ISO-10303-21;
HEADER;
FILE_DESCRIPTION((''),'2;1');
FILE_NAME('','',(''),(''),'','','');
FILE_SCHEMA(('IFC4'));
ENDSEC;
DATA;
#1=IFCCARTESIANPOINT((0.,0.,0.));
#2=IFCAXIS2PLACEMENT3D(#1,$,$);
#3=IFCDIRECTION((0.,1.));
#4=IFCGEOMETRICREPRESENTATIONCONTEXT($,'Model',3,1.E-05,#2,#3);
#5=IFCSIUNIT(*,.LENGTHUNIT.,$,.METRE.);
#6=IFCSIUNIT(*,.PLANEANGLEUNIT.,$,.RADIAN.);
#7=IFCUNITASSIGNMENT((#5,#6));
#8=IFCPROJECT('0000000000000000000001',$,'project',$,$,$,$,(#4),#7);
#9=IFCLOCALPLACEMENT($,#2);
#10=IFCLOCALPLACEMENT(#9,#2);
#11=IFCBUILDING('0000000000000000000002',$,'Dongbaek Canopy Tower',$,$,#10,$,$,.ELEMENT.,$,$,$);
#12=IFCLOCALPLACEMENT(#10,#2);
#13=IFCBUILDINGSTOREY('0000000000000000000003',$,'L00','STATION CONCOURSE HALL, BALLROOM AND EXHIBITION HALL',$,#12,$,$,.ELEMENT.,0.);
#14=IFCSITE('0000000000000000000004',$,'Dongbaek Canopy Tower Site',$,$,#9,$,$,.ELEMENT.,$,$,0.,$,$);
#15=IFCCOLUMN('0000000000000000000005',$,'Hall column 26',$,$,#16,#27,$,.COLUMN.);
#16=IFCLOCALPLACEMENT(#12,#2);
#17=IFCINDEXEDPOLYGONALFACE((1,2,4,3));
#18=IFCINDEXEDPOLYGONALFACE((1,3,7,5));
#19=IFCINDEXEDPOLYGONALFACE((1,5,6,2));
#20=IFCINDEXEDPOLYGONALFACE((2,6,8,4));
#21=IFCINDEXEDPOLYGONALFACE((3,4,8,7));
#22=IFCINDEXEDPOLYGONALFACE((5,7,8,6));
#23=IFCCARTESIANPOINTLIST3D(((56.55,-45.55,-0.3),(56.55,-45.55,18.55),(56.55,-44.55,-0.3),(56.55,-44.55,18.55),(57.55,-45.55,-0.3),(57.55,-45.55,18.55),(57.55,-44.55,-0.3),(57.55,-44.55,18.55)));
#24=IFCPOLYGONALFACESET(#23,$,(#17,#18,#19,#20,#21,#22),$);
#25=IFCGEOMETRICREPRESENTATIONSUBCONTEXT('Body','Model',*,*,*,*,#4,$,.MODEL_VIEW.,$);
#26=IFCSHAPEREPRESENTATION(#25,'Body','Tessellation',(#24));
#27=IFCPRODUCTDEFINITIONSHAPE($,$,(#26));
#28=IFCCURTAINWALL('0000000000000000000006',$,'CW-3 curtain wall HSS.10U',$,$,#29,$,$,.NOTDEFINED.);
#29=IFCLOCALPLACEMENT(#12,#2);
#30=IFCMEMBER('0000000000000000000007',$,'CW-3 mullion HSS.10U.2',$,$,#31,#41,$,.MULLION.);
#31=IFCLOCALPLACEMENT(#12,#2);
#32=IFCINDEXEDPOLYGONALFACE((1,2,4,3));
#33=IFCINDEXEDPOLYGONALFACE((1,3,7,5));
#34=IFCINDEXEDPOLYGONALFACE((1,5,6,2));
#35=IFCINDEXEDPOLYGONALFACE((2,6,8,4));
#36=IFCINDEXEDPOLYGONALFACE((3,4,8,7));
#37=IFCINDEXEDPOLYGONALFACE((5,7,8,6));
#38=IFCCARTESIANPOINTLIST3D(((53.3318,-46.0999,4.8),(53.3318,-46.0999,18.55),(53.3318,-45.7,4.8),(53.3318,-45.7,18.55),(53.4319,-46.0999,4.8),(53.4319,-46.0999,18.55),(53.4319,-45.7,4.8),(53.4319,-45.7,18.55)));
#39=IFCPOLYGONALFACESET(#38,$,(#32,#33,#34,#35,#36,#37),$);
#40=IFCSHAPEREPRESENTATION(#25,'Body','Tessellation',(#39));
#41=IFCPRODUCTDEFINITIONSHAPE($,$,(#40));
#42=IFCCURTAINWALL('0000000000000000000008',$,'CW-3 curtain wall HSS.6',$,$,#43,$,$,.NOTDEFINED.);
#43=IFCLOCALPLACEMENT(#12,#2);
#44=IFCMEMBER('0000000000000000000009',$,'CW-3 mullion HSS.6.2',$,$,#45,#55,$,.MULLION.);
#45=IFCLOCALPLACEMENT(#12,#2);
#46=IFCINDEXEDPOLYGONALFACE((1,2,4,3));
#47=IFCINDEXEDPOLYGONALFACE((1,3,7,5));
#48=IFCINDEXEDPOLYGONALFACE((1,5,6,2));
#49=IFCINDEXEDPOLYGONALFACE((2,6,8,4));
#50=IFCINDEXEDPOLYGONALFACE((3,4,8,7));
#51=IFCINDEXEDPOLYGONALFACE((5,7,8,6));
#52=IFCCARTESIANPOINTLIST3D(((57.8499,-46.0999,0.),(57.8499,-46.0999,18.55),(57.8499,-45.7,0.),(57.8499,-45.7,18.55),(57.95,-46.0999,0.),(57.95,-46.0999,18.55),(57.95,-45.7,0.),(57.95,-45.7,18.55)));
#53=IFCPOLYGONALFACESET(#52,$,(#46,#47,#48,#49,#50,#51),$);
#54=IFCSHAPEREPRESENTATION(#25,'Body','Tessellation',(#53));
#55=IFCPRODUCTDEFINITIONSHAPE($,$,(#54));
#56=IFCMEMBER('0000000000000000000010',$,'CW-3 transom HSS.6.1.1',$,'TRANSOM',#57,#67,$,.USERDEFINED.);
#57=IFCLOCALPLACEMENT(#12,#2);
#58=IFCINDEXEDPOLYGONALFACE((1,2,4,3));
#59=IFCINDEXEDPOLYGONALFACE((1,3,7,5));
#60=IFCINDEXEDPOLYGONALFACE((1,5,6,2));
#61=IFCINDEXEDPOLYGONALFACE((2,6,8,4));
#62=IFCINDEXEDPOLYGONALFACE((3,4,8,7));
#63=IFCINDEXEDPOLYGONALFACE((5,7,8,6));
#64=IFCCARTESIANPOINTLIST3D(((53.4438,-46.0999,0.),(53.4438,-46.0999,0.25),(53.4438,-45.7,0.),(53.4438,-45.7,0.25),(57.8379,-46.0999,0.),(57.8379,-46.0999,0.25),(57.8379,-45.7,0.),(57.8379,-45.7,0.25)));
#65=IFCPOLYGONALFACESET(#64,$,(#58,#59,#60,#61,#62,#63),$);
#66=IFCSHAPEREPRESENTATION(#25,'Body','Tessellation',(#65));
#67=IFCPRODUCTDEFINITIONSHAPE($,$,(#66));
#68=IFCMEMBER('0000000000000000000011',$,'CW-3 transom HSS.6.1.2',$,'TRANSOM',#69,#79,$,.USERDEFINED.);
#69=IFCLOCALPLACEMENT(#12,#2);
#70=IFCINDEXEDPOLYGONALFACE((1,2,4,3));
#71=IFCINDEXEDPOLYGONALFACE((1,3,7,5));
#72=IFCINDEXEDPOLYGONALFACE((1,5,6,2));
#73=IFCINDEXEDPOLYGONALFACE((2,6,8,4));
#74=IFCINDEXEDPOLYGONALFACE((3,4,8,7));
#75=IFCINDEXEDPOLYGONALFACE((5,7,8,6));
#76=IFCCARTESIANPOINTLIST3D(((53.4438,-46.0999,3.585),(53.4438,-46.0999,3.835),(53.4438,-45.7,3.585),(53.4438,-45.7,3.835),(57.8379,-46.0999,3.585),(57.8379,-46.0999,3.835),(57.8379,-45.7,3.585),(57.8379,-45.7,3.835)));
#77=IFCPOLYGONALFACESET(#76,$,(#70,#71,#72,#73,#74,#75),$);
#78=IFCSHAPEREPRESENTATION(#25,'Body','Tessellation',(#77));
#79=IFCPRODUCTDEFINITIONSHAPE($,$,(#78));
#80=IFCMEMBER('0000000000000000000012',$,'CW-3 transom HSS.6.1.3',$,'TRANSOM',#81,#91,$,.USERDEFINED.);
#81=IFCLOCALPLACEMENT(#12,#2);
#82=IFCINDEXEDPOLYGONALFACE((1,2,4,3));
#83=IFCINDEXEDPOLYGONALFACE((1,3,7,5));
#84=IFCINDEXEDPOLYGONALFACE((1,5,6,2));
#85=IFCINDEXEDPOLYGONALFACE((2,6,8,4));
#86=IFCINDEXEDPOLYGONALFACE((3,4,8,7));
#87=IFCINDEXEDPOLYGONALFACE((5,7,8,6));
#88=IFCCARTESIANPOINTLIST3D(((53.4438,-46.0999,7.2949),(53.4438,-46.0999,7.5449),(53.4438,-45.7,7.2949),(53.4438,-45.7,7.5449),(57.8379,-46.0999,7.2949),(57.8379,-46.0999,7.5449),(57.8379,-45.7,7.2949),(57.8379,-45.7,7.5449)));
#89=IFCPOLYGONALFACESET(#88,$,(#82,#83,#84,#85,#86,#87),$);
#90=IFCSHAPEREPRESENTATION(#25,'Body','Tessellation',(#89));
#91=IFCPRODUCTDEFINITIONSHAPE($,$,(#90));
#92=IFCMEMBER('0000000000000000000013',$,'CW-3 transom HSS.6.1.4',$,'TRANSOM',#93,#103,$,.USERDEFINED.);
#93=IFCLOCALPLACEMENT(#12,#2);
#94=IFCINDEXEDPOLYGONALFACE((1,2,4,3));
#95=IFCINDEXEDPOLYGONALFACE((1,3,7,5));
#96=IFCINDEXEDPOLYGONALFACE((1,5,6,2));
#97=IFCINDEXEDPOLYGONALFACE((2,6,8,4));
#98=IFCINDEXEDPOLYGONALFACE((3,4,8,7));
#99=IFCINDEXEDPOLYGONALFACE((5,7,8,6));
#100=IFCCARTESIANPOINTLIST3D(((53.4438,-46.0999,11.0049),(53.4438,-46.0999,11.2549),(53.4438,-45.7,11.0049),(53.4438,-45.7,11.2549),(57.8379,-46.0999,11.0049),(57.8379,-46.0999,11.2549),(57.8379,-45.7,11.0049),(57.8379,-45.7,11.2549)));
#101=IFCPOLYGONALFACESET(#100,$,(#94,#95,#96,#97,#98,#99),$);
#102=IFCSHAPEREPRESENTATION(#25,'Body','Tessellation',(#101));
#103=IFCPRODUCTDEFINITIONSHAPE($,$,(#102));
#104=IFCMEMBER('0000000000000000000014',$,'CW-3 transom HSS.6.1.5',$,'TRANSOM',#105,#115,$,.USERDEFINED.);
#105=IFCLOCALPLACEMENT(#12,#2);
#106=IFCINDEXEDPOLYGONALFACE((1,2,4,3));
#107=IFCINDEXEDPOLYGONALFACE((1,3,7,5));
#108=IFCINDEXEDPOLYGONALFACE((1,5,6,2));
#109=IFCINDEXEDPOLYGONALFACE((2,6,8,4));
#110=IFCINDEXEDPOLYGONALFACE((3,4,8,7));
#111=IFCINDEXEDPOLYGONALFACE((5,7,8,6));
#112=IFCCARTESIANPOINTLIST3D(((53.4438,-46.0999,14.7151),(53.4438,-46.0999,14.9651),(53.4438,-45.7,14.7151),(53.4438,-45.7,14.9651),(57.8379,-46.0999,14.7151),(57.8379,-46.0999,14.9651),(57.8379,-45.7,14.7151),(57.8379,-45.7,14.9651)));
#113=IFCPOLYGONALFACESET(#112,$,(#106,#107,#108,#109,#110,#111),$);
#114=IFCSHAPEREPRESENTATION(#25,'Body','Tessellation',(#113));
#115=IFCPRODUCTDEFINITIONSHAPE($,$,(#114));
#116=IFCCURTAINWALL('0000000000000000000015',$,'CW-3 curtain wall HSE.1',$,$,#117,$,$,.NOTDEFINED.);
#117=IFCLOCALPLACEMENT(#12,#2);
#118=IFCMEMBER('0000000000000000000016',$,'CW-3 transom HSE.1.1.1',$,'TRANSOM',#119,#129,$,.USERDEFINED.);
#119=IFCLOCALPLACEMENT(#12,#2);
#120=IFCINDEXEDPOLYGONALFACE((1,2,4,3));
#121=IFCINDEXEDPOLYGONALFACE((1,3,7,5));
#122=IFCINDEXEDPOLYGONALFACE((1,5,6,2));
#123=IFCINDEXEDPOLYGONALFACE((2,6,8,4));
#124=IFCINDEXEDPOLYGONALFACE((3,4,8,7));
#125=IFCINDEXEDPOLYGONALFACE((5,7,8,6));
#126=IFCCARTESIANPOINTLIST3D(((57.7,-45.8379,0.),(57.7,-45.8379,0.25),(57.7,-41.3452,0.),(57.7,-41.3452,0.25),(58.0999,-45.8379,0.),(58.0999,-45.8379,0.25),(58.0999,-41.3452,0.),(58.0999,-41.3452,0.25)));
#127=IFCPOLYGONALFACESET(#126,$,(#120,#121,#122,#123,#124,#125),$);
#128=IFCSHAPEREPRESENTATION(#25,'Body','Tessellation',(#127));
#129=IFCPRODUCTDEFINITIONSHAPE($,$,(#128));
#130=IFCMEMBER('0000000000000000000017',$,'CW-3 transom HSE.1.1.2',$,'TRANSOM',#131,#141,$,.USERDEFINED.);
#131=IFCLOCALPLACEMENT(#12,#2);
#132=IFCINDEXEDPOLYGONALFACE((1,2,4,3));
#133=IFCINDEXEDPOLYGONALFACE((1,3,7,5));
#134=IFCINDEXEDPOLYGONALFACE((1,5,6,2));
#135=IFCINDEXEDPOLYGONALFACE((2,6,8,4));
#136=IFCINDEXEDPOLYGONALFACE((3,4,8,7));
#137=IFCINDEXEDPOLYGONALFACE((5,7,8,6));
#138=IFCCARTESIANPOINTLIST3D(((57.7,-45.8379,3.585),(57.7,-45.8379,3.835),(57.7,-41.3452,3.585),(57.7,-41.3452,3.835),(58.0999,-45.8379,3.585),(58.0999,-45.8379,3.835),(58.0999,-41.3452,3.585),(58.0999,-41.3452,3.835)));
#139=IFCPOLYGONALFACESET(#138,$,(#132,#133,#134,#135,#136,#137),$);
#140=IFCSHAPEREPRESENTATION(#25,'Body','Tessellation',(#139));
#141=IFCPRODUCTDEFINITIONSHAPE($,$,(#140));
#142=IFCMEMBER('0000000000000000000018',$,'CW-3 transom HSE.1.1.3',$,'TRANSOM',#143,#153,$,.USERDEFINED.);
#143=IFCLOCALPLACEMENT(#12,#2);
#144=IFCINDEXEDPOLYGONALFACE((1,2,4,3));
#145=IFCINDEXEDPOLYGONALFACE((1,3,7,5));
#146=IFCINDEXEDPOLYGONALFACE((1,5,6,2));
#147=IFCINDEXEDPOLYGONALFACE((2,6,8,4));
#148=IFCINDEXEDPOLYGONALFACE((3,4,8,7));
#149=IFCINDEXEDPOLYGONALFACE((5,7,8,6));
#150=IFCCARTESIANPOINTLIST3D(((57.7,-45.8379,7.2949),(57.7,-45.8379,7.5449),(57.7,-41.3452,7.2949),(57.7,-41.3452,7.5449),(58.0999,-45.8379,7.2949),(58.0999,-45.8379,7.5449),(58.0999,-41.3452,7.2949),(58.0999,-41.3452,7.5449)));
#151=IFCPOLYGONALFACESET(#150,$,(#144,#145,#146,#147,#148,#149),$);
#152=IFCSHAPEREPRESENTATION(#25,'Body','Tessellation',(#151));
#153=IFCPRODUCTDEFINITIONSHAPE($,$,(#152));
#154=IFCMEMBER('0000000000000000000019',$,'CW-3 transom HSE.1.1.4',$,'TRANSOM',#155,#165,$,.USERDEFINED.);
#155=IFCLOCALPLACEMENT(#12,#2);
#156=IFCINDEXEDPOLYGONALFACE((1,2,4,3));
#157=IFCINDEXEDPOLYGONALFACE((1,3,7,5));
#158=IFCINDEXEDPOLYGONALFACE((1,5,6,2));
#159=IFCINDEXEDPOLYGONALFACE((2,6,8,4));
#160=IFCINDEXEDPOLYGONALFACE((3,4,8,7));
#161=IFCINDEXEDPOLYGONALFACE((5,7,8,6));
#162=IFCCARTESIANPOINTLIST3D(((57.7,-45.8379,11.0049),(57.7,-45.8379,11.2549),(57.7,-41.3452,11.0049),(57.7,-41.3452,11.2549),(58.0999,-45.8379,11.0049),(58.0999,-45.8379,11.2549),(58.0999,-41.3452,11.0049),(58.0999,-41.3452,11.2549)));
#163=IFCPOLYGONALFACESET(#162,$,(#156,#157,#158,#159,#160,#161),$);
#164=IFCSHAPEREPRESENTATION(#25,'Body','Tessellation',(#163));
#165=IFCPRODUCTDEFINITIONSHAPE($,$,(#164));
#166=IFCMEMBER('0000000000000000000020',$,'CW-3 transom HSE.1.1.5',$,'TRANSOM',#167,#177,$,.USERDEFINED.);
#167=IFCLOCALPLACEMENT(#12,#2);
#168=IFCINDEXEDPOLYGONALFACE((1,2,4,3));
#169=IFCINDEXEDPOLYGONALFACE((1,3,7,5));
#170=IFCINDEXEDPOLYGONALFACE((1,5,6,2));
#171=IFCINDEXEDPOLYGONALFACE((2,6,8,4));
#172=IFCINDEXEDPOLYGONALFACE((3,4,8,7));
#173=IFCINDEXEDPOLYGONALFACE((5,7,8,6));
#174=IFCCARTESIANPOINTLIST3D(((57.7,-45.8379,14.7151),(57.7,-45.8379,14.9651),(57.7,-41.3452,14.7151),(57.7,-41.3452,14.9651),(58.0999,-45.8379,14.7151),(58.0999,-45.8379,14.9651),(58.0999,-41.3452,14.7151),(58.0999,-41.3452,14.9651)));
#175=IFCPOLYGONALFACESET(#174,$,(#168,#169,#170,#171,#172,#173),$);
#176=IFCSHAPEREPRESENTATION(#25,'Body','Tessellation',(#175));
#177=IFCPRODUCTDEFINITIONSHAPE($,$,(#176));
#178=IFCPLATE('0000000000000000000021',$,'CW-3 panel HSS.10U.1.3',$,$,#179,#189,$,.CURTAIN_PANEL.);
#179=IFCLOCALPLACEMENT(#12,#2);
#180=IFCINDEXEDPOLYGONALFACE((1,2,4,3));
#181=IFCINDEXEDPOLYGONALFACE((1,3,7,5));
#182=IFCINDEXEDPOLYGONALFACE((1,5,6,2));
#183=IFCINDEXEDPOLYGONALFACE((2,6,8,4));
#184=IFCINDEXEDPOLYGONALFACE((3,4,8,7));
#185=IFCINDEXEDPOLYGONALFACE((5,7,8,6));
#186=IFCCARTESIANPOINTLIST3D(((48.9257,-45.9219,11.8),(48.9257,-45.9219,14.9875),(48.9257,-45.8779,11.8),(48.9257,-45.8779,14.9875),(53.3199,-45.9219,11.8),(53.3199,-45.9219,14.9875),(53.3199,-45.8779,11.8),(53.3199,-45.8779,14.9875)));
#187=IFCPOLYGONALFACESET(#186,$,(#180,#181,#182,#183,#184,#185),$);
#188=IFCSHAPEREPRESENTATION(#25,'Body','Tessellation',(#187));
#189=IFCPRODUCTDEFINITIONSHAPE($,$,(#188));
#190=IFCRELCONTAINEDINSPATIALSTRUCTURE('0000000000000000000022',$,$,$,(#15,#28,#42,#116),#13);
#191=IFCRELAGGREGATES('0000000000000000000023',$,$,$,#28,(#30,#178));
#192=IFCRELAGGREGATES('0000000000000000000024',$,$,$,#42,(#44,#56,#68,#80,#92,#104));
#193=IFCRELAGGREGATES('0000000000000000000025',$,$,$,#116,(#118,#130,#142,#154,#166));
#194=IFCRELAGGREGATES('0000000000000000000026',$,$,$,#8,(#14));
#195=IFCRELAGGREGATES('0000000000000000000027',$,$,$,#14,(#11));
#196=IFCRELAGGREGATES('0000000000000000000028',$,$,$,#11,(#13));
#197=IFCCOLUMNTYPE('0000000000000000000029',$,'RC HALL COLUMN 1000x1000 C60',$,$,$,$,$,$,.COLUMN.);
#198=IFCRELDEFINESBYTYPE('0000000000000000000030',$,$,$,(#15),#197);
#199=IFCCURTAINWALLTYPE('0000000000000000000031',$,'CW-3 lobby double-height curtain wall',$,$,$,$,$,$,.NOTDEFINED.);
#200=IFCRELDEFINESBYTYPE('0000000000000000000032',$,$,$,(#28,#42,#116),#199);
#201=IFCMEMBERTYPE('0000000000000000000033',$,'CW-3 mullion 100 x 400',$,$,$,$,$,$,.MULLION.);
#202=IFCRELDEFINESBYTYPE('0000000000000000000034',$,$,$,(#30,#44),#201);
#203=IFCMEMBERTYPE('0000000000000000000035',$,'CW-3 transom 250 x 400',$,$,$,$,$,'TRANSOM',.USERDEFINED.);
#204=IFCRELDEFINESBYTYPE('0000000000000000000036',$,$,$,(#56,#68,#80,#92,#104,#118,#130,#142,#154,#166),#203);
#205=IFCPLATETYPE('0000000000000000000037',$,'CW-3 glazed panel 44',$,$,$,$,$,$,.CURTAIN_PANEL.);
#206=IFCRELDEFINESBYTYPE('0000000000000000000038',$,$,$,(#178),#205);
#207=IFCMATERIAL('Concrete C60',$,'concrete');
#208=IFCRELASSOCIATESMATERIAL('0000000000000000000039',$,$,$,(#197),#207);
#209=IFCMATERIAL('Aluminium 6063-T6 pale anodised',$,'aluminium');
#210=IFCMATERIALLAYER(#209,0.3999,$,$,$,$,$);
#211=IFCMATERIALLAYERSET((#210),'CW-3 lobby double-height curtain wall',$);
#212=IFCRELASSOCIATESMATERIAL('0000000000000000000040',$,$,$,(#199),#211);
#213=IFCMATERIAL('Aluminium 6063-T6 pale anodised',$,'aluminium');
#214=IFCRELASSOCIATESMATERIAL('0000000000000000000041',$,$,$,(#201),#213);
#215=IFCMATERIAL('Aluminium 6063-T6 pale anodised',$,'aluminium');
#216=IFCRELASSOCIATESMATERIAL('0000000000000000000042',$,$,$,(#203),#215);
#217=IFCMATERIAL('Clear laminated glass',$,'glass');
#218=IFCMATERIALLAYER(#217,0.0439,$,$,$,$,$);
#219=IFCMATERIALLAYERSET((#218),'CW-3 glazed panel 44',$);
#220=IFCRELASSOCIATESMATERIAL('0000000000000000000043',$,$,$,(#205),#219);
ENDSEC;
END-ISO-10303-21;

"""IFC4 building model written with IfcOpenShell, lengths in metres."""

from ifc_helpers import new_model, si_unit, direction, frame, origin, origin_2d, place, context, subcontext, project, spatial, rectangle, extrude, material, layer, layer_set, material_profile, profile_set, type_object, element, aggregate, save


model = new_model("IFC4")

# Units and contexts
model_context = context("Model", 3, precision=1e-05, world=origin(), true_north=direction((0.0, 1.0)))
body_context = subcontext(model_context, "Body", "Model", "MODEL_VIEW")
ifc_project = project(units=[si_unit("LENGTHUNIT", "METRE"), si_unit("PLANEANGLEUNIT", "RADIAN")], contexts=[model_context])

# Site, building, storey
site_placement = place(None, origin())
site = spatial("IfcSite", under=ifc_project, at=site_placement, Name="Dongbaek Canopy Tower Site", CompositionType="ELEMENT", RefElevation=0.0)
building_placement = place(site_placement, origin())
building = spatial("IfcBuilding", under=site, at=building_placement, Name="Dongbaek Canopy Tower", CompositionType="ELEMENT")
storey_placement = place(building_placement, origin())
storey = spatial("IfcBuildingStorey", under=building, at=storey_placement, Name="L00", Description="STATION CONCOURSE HALL, BALLROOM AND EXHIBITION HALL", CompositionType="ELEMENT", Elevation=0.0)

# Column
ifc_material_1 = material(Name="Concrete C60", Category="concrete")
ifc_material_profile_1 = material_profile(ifc_material_1, rectangle(XDim=1.0, YDim=1.0, at=origin_2d()), Name="RC HALL COLUMN 1000x1000 C60")
ifc_profile_set_1 = profile_set([ifc_material_profile_1], Name="Concrete C60")
column_type = type_object("IfcColumnType", Name="RC HALL COLUMN 1000x1000 C60", PredefinedType="COLUMN", material=ifc_profile_set_1)
column_placement = place(storey_placement, frame((57.05, -45.05, -0.3), z_axis=(0.0, 0.0, 1.0), x_axis=(1.0, 0.0, 0.0)))
element("IfcColumn", 1, at=column_placement, inside=storey, type_object=column_type, Name="Hall column 26", PredefinedType="COLUMN", context=body_context, shape_type="SweptSolid", body=[
    extrude(rectangle(XDim=1.0, YDim=1.0, at=origin_2d()), origin(), (0.0, 0.0, 1.0), 18.8501),
])

# Curtain wall, member
ifc_material_2 = material(Name="Aluminium 6063-T6 pale anodised", Category="aluminium")
ifc_layer_1 = layer(ifc_material_2, 0.3999)
ifc_layer_set_1 = layer_set([ifc_layer_1], Name="CW-3 lobby double-height curtain wall")
curtain_wall_type = type_object("IfcCurtainWallType", Name="CW-3 lobby double-height curtain wall", PredefinedType="NOTDEFINED", material=ifc_layer_set_1)
curtain_wall_1_placement = place(storey_placement, origin())
curtain_wall_1 = element("IfcCurtainWall", 2, at=curtain_wall_1_placement, inside=storey, type_object=curtain_wall_type, Name="CW-3 curtain wall HSS.10U", PredefinedType="NOTDEFINED")
ifc_material_3 = material(Name="Aluminium 6063-T6 pale anodised", Category="aluminium")
ifc_material_profile_2 = material_profile(ifc_material_3, rectangle(XDim=0.3999, YDim=0.1001, at=origin_2d()), Name="CW-3 mullion 100 x 400")
ifc_profile_set_2 = profile_set([ifc_material_profile_2], Name="Aluminium 6063-T6 pale anodised")
member_type_1 = type_object("IfcMemberType", Name="CW-3 mullion 100 x 400", PredefinedType="MULLION", material=ifc_profile_set_2)
member_1_placement = place(storey_placement, frame((53.3818, -45.8999, 4.8), z_axis=(0.0, 0.0, 1.0), x_axis=(0.0, -1.0, 0.0)))
member_1 = element("IfcMember", 3, at=member_1_placement, type_object=member_type_1, Name="CW-3 mullion HSS.10U.2", PredefinedType="MULLION", context=body_context, shape_type="SweptSolid", body=[
    extrude(rectangle(XDim=0.3999, YDim=0.1001, at=origin_2d()), origin(), (0.0, 0.0, 1.0), 13.75),
])

# Curtain walls, members
curtain_wall_2_placement = place(storey_placement, origin())
curtain_wall_2 = element("IfcCurtainWall", 4, at=curtain_wall_2_placement, inside=storey, type_object=curtain_wall_type, Name="CW-3 curtain wall HSS.6", PredefinedType="NOTDEFINED")
member_2_placement = place(storey_placement, frame((57.8999, -45.8999, 0.0), z_axis=(0.0, 0.0, 1.0), x_axis=(0.0, -1.0, 0.0)))
member_2 = element("IfcMember", 5, at=member_2_placement, type_object=member_type_1, Name="CW-3 mullion HSS.6.2", PredefinedType="MULLION", context=body_context, shape_type="SweptSolid", body=[
    extrude(rectangle(XDim=0.3999, YDim=0.1001, at=origin_2d()), origin(), (0.0, 0.0, 1.0), 18.55),
])
ifc_material_4 = material(Name="Aluminium 6063-T6 pale anodised", Category="aluminium")
ifc_material_profile_3 = material_profile(ifc_material_4, rectangle(XDim=0.3999, YDim=0.25, at=origin_2d()), Name="CW-3 transom 250 x 400")
ifc_profile_set_3 = profile_set([ifc_material_profile_3], Name="Aluminium 6063-T6 pale anodised")
member_type_2 = type_object("IfcMemberType", Name="CW-3 transom 250 x 400", ElementType="TRANSOM", PredefinedType="USERDEFINED", material=ifc_profile_set_3)
member_3_placement = place(storey_placement, frame((53.4438, -45.8999, 0.125), z_axis=(1.0, 0.0, 0.0), x_axis=(0.0, 1.0, 0.0)))
member_3 = element("IfcMember", 6, at=member_3_placement, type_object=member_type_2, Name="CW-3 transom HSS.6.1.1", ObjectType="TRANSOM", PredefinedType="USERDEFINED", context=body_context, shape_type="SweptSolid", body=[
    extrude(rectangle(XDim=0.3999, YDim=0.25, at=origin_2d()), origin(), (0.0, 0.0, 1.0), 4.394),
])
member_4_placement = place(storey_placement, frame((53.4438, -45.8999, 3.71), z_axis=(1.0, 0.0, 0.0), x_axis=(0.0, 1.0, 0.0)))
member_4 = element("IfcMember", 7, at=member_4_placement, type_object=member_type_2, Name="CW-3 transom HSS.6.1.2", ObjectType="TRANSOM", PredefinedType="USERDEFINED", context=body_context, shape_type="SweptSolid", body=[
    extrude(rectangle(XDim=0.3999, YDim=0.25, at=origin_2d()), origin(), (0.0, 0.0, 1.0), 4.394),
])
member_5_placement = place(storey_placement, frame((53.4438, -45.8999, 7.4199), z_axis=(1.0, 0.0, 0.0), x_axis=(0.0, 1.0, 0.0)))
member_5 = element("IfcMember", 8, at=member_5_placement, type_object=member_type_2, Name="CW-3 transom HSS.6.1.3", ObjectType="TRANSOM", PredefinedType="USERDEFINED", context=body_context, shape_type="SweptSolid", body=[
    extrude(rectangle(XDim=0.3999, YDim=0.25, at=origin_2d()), origin(), (0.0, 0.0, 1.0), 4.394),
])
member_6_placement = place(storey_placement, frame((53.4438, -45.8999, 11.1299), z_axis=(1.0, 0.0, 0.0), x_axis=(0.0, 1.0, 0.0)))
member_6 = element("IfcMember", 9, at=member_6_placement, type_object=member_type_2, Name="CW-3 transom HSS.6.1.4", ObjectType="TRANSOM", PredefinedType="USERDEFINED", context=body_context, shape_type="SweptSolid", body=[
    extrude(rectangle(XDim=0.3999, YDim=0.25, at=origin_2d()), origin(), (0.0, 0.0, 1.0), 4.394),
])
member_7_placement = place(storey_placement, frame((53.4438, -45.8999, 14.8401), z_axis=(1.0, 0.0, 0.0), x_axis=(0.0, 1.0, 0.0)))
member_7 = element("IfcMember", 10, at=member_7_placement, type_object=member_type_2, Name="CW-3 transom HSS.6.1.5", ObjectType="TRANSOM", PredefinedType="USERDEFINED", context=body_context, shape_type="SweptSolid", body=[
    extrude(rectangle(XDim=0.3999, YDim=0.25, at=origin_2d()), origin(), (0.0, 0.0, 1.0), 4.394),
])
curtain_wall_3_placement = place(storey_placement, origin())
curtain_wall_3 = element("IfcCurtainWall", 11, at=curtain_wall_3_placement, inside=storey, type_object=curtain_wall_type, Name="CW-3 curtain wall HSE.1", PredefinedType="NOTDEFINED")
member_8_placement = place(storey_placement, frame((57.8999, -45.8379, 0.125), z_axis=(0.0, 1.0, 0.0), x_axis=(-1.0, 0.0, 0.0)))
member_8 = element("IfcMember", 12, at=member_8_placement, type_object=member_type_2, Name="CW-3 transom HSE.1.1.1", ObjectType="TRANSOM", PredefinedType="USERDEFINED", context=body_context, shape_type="SweptSolid", body=[
    extrude(rectangle(XDim=0.3999, YDim=0.25, at=origin_2d()), origin(), (0.0, 0.0, 1.0), 4.4927),
])
member_9_placement = place(storey_placement, frame((57.8999, -45.8379, 3.71), z_axis=(0.0, 1.0, 0.0), x_axis=(-1.0, 0.0, 0.0)))
member_9 = element("IfcMember", 13, at=member_9_placement, type_object=member_type_2, Name="CW-3 transom HSE.1.1.2", ObjectType="TRANSOM", PredefinedType="USERDEFINED", context=body_context, shape_type="SweptSolid", body=[
    extrude(rectangle(XDim=0.3999, YDim=0.25, at=origin_2d()), origin(), (0.0, 0.0, 1.0), 4.4927),
])
member_10_placement = place(storey_placement, frame((57.8999, -45.8379, 7.4199), z_axis=(0.0, 1.0, 0.0), x_axis=(-1.0, 0.0, 0.0)))
member_10 = element("IfcMember", 14, at=member_10_placement, type_object=member_type_2, Name="CW-3 transom HSE.1.1.3", ObjectType="TRANSOM", PredefinedType="USERDEFINED", context=body_context, shape_type="SweptSolid", body=[
    extrude(rectangle(XDim=0.3999, YDim=0.25, at=origin_2d()), origin(), (0.0, 0.0, 1.0), 4.4927),
])
member_11_placement = place(storey_placement, frame((57.8999, -45.8379, 11.1299), z_axis=(0.0, 1.0, 0.0), x_axis=(-1.0, 0.0, 0.0)))
member_11 = element("IfcMember", 15, at=member_11_placement, type_object=member_type_2, Name="CW-3 transom HSE.1.1.4", ObjectType="TRANSOM", PredefinedType="USERDEFINED", context=body_context, shape_type="SweptSolid", body=[
    extrude(rectangle(XDim=0.3999, YDim=0.25, at=origin_2d()), origin(), (0.0, 0.0, 1.0), 4.4927),
])
member_12_placement = place(storey_placement, frame((57.8999, -45.8379, 14.8401), z_axis=(0.0, 1.0, 0.0), x_axis=(-1.0, 0.0, 0.0)))
member_12 = element("IfcMember", 16, at=member_12_placement, type_object=member_type_2, Name="CW-3 transom HSE.1.1.5", ObjectType="TRANSOM", PredefinedType="USERDEFINED", context=body_context, shape_type="SweptSolid", body=[
    extrude(rectangle(XDim=0.3999, YDim=0.25, at=origin_2d()), origin(), (0.0, 0.0, 1.0), 4.4927),
])

# Plate
ifc_material_5 = material(Name="Clear laminated glass", Category="glass")
ifc_layer_2 = layer(ifc_material_5, 0.0439)
ifc_layer_set_2 = layer_set([ifc_layer_2], Name="CW-3 glazed panel 44")
plate_type = type_object("IfcPlateType", Name="CW-3 glazed panel 44", PredefinedType="CURTAIN_PANEL", material=ifc_layer_set_2)
plate_1_placement = place(storey_placement, frame((51.1228, -45.8999, 11.8), z_axis=(0.0, 0.0, 1.0), x_axis=(1.0, 0.0, 0.0)))
plate_1 = element("IfcPlate", 17, at=plate_1_placement, type_object=plate_type, Name="CW-3 panel HSS.10U.1.3", PredefinedType="CURTAIN_PANEL", context=body_context, shape_type="SweptSolid", body=[
    extrude(rectangle(XDim=4.3943, YDim=0.0439, at=origin_2d()), origin(), (0.0, 0.0, 1.0), 3.1875),
])
aggregate(curtain_wall_1, [member_1, plate_1])
aggregate(curtain_wall_2, [member_2, member_3, member_4, member_5, member_6, member_7])
aggregate(curtain_wall_3, [member_8, member_9, member_10, member_11, member_12])

save(model, "model.ifc")
